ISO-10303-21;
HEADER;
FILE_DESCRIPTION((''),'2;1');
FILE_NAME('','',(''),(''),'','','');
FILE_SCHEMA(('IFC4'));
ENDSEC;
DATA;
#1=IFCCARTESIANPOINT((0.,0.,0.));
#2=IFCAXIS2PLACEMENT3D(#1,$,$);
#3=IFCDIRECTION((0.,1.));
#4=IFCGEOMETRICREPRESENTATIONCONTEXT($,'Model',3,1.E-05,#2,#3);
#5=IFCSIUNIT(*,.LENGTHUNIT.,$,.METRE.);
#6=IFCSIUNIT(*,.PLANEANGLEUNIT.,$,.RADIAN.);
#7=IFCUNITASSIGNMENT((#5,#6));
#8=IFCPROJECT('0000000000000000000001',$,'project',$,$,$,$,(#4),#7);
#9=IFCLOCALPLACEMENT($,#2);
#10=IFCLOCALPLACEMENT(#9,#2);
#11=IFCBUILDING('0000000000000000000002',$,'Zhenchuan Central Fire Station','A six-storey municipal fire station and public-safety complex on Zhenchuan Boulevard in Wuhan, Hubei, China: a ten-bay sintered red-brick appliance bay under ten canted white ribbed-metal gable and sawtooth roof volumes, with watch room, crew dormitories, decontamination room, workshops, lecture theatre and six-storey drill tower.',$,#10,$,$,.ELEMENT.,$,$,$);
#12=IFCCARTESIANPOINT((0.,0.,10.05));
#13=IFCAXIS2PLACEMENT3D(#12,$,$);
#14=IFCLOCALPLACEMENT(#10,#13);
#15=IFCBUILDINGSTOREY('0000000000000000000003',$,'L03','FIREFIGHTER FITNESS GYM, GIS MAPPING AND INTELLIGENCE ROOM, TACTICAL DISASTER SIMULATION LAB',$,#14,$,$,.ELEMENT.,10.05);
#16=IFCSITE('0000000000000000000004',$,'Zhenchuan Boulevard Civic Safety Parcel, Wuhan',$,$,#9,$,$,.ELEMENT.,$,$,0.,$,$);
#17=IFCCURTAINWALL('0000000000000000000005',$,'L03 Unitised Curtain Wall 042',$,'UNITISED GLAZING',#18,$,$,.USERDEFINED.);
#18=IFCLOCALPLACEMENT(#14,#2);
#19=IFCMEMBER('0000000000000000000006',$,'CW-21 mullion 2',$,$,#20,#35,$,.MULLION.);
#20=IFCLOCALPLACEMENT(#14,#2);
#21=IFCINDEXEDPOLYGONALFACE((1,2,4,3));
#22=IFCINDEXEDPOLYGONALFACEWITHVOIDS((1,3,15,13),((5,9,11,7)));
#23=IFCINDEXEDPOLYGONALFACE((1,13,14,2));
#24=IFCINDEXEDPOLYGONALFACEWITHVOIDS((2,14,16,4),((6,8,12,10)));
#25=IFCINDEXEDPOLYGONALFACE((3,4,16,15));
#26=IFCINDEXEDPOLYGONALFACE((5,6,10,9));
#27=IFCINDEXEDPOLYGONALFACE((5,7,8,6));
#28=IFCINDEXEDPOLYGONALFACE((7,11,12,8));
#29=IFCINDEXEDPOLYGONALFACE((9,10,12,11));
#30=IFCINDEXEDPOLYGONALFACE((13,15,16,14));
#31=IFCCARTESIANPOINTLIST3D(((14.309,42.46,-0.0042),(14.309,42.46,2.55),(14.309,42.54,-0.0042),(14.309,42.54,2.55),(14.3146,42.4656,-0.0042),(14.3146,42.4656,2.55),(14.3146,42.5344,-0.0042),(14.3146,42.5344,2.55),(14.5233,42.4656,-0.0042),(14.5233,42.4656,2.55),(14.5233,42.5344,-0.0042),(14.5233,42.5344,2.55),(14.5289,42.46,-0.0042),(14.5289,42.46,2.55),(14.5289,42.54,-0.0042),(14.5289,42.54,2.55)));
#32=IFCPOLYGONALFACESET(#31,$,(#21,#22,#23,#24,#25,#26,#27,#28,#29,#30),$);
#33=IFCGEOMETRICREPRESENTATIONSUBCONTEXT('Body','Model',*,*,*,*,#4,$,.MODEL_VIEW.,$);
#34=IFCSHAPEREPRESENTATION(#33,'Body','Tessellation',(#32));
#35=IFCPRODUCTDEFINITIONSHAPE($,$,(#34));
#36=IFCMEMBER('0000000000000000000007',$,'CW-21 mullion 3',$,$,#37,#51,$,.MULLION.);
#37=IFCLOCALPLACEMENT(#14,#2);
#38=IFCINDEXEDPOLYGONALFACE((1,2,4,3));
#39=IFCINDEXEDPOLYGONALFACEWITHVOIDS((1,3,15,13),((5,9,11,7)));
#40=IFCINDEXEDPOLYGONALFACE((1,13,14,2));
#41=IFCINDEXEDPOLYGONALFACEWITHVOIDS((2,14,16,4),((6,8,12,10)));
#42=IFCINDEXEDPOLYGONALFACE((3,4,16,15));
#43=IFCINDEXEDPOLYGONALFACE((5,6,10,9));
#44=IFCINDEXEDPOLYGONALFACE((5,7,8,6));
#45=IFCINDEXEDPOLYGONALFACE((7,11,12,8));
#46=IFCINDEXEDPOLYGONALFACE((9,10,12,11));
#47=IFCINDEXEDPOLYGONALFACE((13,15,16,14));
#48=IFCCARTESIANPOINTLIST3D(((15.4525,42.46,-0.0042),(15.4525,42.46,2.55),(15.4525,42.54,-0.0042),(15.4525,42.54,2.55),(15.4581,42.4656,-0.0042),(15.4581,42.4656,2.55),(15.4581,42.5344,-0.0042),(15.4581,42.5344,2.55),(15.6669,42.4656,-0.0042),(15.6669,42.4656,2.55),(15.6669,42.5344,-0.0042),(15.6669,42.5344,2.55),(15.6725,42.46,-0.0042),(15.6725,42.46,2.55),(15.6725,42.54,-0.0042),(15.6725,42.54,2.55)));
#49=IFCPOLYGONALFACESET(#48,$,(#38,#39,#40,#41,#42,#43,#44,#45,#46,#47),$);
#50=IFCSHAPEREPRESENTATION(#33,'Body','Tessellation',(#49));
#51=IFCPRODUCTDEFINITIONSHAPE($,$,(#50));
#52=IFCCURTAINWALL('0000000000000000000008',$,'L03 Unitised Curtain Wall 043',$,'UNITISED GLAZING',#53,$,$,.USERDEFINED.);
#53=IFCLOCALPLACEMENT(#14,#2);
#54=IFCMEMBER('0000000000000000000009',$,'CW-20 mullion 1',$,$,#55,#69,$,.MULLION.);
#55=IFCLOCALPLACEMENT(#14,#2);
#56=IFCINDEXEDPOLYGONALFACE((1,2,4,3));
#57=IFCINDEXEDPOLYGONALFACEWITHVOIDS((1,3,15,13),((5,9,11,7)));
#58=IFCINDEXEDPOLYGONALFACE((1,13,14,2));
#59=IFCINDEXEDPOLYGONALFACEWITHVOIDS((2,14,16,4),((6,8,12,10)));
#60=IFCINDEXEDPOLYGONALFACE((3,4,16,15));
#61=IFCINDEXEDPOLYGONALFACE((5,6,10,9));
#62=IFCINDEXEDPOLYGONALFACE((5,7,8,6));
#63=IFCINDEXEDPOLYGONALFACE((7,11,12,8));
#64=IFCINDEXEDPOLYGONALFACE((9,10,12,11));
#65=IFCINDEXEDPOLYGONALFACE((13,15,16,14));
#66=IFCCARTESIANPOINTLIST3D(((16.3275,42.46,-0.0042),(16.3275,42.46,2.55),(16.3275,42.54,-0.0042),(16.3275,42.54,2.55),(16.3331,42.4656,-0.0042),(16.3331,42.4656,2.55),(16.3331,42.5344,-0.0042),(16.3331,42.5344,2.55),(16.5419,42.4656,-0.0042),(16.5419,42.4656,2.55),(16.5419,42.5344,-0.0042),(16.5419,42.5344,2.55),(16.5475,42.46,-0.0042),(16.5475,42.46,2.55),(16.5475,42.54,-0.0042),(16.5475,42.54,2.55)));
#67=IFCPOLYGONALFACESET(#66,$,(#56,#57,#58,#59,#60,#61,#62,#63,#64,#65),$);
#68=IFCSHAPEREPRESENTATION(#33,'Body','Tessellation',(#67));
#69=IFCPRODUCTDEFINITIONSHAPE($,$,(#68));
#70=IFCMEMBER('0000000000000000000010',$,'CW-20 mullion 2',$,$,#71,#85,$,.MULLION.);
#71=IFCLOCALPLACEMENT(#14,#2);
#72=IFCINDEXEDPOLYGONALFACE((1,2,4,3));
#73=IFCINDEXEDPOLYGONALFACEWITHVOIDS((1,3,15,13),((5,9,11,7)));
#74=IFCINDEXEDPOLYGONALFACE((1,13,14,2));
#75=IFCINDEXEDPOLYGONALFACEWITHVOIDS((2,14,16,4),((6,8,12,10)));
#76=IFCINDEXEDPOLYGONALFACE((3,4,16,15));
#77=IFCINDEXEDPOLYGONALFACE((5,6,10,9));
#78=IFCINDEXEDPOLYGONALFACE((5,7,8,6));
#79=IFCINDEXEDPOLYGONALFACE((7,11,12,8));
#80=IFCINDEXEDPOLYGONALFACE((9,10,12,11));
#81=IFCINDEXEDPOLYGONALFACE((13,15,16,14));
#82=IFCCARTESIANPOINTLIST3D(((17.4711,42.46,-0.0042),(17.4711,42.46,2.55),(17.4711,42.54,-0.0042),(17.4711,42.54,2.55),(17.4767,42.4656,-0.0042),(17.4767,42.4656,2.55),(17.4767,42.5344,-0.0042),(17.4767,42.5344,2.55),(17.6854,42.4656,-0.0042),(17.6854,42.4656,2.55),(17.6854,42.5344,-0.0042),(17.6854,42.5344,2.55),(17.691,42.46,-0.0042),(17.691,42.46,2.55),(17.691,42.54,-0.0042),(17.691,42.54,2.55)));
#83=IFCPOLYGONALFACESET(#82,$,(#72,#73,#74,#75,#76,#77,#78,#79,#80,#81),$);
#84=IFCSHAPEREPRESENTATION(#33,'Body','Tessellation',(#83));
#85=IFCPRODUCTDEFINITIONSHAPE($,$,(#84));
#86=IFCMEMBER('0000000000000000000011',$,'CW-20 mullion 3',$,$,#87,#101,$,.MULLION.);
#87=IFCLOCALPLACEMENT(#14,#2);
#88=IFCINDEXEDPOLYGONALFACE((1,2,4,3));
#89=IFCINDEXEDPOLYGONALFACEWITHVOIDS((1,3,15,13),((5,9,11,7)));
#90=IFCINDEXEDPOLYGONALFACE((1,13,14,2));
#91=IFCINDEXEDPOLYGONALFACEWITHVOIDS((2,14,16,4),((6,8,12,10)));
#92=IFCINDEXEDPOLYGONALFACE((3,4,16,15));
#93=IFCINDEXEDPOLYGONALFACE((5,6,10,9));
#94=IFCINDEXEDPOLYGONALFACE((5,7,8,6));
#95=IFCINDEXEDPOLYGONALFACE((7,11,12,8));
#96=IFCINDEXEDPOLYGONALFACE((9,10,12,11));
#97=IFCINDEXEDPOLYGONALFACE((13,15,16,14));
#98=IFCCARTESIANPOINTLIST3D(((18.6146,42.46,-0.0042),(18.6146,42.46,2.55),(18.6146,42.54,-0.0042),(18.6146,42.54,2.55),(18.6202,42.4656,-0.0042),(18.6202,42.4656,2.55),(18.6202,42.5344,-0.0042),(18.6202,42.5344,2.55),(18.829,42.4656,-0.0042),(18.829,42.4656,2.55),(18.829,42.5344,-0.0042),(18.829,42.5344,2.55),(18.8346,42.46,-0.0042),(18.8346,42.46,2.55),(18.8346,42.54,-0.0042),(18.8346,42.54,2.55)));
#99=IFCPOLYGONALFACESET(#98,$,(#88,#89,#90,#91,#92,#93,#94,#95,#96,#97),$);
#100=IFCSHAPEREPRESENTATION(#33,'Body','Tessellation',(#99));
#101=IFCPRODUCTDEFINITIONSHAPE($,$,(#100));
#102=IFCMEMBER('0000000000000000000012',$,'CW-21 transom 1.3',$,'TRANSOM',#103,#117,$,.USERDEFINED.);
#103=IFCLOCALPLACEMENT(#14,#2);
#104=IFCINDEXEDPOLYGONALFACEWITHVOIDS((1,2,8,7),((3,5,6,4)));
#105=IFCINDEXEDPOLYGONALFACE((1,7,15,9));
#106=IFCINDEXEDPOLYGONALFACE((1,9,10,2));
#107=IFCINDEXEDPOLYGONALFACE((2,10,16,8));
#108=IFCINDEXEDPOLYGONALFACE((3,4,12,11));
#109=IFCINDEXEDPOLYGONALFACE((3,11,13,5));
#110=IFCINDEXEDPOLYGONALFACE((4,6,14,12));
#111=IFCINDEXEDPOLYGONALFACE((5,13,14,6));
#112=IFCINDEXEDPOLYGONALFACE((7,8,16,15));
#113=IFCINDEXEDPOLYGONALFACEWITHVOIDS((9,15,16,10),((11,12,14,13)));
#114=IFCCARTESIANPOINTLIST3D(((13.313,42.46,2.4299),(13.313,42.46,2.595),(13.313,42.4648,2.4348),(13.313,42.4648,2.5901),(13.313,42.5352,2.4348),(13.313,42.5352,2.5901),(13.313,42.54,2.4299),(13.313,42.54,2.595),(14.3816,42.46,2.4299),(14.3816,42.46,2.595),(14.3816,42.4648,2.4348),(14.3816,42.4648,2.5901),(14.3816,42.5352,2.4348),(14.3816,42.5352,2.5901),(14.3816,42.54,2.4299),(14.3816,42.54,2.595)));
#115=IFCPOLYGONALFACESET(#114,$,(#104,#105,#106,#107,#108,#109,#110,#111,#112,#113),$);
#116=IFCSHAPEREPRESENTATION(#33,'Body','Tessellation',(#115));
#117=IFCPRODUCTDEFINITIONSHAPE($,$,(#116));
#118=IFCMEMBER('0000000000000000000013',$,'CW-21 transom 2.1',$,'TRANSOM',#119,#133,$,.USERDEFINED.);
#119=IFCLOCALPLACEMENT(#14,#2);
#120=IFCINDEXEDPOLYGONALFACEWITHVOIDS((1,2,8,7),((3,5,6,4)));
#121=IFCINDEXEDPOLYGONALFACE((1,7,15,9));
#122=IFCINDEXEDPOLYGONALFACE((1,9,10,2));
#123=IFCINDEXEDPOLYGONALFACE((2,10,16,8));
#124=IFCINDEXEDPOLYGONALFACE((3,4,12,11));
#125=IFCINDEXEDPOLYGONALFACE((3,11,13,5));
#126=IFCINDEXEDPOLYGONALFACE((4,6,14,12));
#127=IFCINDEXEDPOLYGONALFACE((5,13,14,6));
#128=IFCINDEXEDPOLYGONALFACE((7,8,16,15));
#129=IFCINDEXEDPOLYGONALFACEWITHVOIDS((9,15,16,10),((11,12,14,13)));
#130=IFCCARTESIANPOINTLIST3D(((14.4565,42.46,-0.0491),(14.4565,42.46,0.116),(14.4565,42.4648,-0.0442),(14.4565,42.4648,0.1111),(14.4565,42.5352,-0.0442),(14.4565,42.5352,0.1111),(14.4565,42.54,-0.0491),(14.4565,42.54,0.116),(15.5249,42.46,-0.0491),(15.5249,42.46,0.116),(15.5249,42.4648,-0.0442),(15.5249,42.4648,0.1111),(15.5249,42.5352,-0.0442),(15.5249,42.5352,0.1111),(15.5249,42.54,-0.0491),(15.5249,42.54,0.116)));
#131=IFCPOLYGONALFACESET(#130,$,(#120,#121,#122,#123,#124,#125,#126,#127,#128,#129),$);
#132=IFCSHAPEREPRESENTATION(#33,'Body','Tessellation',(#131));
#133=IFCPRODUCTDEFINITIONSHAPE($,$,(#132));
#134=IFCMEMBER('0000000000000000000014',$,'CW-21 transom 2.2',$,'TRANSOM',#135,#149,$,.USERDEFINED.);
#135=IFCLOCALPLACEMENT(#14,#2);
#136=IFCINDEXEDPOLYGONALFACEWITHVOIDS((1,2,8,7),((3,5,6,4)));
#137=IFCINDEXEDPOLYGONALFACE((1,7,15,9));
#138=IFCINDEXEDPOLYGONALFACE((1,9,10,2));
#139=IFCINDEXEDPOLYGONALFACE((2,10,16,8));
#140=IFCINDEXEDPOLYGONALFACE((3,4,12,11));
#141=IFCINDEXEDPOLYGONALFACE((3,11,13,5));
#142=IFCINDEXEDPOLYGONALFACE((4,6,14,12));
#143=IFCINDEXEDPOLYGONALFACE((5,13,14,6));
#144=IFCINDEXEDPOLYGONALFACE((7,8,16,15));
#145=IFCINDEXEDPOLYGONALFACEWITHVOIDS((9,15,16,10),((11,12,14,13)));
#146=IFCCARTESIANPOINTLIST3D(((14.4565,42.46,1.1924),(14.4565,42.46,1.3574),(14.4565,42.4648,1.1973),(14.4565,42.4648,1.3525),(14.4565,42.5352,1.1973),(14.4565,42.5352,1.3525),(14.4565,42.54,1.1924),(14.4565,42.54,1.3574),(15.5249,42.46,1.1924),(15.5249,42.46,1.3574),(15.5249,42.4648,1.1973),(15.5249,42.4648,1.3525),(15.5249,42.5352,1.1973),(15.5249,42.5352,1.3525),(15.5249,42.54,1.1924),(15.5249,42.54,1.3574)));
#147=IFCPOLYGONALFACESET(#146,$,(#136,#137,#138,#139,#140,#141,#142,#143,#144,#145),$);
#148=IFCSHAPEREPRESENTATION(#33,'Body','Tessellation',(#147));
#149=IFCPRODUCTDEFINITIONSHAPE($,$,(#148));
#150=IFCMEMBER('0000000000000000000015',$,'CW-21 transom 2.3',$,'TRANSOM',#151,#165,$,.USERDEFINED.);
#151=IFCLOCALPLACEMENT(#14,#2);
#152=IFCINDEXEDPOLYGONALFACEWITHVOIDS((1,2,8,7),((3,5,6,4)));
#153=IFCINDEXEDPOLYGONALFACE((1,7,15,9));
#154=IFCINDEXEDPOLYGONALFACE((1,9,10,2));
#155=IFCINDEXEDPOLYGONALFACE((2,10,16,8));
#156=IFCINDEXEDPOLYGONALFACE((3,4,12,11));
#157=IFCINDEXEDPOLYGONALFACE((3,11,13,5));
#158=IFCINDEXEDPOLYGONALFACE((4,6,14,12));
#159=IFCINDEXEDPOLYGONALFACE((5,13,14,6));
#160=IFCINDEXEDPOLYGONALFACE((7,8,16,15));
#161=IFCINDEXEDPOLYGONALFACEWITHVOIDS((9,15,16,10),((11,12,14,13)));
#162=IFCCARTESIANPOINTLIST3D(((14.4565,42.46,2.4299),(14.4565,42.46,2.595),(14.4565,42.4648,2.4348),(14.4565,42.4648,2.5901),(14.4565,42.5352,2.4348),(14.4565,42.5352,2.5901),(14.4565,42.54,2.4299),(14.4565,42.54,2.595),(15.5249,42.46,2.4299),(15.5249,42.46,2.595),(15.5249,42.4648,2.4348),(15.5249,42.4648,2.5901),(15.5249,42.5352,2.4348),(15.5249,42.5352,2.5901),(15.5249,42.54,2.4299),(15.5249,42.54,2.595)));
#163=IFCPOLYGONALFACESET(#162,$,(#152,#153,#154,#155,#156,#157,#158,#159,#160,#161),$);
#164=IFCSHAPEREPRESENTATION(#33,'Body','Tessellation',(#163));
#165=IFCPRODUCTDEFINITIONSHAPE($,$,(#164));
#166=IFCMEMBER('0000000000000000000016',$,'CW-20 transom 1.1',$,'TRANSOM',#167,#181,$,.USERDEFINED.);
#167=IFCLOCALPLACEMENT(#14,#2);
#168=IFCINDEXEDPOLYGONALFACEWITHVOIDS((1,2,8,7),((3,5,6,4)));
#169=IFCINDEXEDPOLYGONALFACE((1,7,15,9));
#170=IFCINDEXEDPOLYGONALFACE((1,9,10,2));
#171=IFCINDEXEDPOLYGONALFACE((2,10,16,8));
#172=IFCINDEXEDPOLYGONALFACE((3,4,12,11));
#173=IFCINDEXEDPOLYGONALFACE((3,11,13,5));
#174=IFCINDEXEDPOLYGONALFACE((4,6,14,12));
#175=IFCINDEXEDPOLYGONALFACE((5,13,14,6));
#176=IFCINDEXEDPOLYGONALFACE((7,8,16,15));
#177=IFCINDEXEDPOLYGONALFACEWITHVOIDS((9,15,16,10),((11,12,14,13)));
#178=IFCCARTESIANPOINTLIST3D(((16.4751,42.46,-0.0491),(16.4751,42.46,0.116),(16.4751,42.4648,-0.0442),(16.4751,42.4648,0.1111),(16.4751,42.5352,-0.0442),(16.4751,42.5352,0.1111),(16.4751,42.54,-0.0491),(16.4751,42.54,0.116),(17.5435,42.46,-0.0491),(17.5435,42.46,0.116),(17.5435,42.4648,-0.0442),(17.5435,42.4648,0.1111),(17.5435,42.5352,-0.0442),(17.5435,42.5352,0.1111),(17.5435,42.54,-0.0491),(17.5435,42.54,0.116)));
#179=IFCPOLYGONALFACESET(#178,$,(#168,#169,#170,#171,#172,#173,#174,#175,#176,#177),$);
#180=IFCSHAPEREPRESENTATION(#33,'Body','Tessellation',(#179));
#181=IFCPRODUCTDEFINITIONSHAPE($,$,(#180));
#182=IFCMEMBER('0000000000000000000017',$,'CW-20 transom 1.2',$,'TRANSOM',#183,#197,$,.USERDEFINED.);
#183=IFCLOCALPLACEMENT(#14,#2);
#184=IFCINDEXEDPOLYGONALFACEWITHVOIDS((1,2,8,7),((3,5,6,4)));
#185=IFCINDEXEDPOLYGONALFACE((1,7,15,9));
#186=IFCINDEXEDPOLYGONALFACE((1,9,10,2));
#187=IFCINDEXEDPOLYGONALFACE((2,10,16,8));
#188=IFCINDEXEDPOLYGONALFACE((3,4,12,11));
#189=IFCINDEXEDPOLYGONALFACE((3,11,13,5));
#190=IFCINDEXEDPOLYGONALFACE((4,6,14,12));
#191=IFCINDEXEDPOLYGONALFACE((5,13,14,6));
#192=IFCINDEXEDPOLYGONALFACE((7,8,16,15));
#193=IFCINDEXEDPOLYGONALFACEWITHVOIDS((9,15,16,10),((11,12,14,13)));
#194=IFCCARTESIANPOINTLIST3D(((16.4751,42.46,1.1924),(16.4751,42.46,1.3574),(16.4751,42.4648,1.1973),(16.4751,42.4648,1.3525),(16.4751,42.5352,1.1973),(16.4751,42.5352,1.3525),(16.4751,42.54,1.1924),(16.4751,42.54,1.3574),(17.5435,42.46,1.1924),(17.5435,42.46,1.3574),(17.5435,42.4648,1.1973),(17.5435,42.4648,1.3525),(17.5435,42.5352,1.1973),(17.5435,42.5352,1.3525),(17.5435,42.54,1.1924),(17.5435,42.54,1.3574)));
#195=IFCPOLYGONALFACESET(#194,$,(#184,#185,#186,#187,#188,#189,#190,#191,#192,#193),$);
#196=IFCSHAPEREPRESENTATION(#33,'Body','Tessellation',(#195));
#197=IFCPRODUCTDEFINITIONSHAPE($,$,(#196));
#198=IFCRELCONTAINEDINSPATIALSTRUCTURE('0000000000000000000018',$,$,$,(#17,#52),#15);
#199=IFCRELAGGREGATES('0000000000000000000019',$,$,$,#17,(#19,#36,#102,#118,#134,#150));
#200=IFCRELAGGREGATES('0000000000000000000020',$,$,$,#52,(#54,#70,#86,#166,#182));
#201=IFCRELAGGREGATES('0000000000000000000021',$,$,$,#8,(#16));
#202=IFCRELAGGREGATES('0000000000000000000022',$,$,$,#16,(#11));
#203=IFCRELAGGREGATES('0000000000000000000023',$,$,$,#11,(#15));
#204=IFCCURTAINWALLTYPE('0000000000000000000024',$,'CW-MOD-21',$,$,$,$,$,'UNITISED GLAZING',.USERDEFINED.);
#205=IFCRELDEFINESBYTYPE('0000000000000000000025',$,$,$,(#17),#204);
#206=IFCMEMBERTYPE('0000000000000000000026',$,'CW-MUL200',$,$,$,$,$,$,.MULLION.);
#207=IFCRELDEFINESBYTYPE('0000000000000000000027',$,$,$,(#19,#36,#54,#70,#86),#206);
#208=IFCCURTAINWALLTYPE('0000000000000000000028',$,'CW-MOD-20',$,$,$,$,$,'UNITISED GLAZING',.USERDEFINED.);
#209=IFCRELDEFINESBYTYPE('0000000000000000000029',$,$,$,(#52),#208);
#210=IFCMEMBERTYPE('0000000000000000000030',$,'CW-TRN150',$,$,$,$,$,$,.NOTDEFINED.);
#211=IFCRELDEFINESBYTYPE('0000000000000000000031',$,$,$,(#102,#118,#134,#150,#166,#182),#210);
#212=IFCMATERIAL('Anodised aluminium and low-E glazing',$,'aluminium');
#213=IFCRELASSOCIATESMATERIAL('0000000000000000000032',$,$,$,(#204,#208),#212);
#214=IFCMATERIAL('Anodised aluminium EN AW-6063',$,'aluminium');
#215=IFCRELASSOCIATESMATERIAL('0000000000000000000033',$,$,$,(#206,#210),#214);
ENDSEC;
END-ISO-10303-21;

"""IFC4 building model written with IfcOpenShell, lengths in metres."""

from ifc_helpers import new_model, si_unit, direction, frame, origin, origin_2d, place, context, subcontext, project, spatial, hollow_rectangle, extrude, material, material_profile, profile_set, type_object, element, aggregate, save


model = new_model("IFC4")

# Units and contexts
model_context = context("Model", 3, precision=1e-05, world=origin(), true_north=direction((0.0, 1.0)))
body_context = subcontext(model_context, "Body", "Model", "MODEL_VIEW")
ifc_project = project(units=[si_unit("LENGTHUNIT", "METRE"), si_unit("PLANEANGLEUNIT", "RADIAN")], contexts=[model_context])

# Site, building, storey
site_placement = place(None, origin())
site = spatial("IfcSite", under=ifc_project, at=site_placement, Name="Zhenchuan Boulevard Civic Safety Parcel, Wuhan", CompositionType="ELEMENT", RefElevation=0.0)
building_placement = place(site_placement, origin())
building = spatial("IfcBuilding", under=site, at=building_placement, Name="Zhenchuan Central Fire Station", Description="A six-storey municipal fire station and public-safety complex on Zhenchuan Boulevard in Wuhan, Hubei, China: a ten-bay sintered red-brick appliance bay under ten canted white ribbed-metal gable and sawtooth roof volumes, with watch room, crew dormitories, decontamination room, workshops, lecture theatre and six-storey drill tower.", CompositionType="ELEMENT")
storey_placement = place(building_placement, frame((0.0, 0.0, 10.05)))
storey = spatial("IfcBuildingStorey", under=building, at=storey_placement, Name="L03", Description="FIREFIGHTER FITNESS GYM, GIS MAPPING AND INTELLIGENCE ROOM, TACTICAL DISASTER SIMULATION LAB", CompositionType="ELEMENT", Elevation=10.05)

# Curtain walls, members
ifc_material_1 = material(Name="Anodised aluminium and low-E glazing", Category="aluminium")
curtain_wall_type_1 = type_object("IfcCurtainWallType", Name="CW-MOD-21", ElementType="UNITISED GLAZING", PredefinedType="USERDEFINED", material=ifc_material_1)
curtain_wall_1_placement = place(storey_placement, origin())
curtain_wall_1 = element("IfcCurtainWall", 1, at=curtain_wall_1_placement, inside=storey, type_object=curtain_wall_type_1, Name="L03 Unitised Curtain Wall 042", ObjectType="UNITISED GLAZING", PredefinedType="USERDEFINED")
ifc_material_2 = material(Name="Anodised aluminium EN AW-6063", Category="aluminium")
ifc_material_profile_1 = material_profile(ifc_material_2, hollow_rectangle(XDim=0.0801, YDim=0.22, WallThickness=0.0056, at=origin_2d()), Name="ALU-M 220x80")
ifc_profile_set_1 = profile_set([ifc_material_profile_1], Name="Anodised aluminium EN AW-6063")
member_type_1 = type_object("IfcMemberType", Name="CW-MUL200", PredefinedType="MULLION", material=ifc_profile_set_1)
member_1_placement = place(storey_placement, frame((14.4189, 42.5, -0.0042), z_axis=(0.0, 0.0, 1.0), x_axis=(0.0, 1.0, 0.0)))
member_1 = element("IfcMember", 2, at=member_1_placement, type_object=member_type_1, Name="CW-21 mullion 2", PredefinedType="MULLION", context=body_context, shape_type="SweptSolid", body=[
    extrude(hollow_rectangle(XDim=0.0801, YDim=0.22, WallThickness=0.0056, at=origin_2d()), origin(), (0.0, 0.0, 1.0), 2.5542),
])
member_2_placement = place(storey_placement, frame((15.5625, 42.5, -0.0042), z_axis=(0.0, 0.0, 1.0), x_axis=(0.0, 1.0, 0.0)))
member_2 = element("IfcMember", 3, at=member_2_placement, type_object=member_type_1, Name="CW-21 mullion 3", PredefinedType="MULLION", context=body_context, shape_type="SweptSolid", body=[
    extrude(hollow_rectangle(XDim=0.0801, YDim=0.22, WallThickness=0.0056, at=origin_2d()), origin(), (0.0, 0.0, 1.0), 2.5542),
])
curtain_wall_type_2 = type_object("IfcCurtainWallType", Name="CW-MOD-20", ElementType="UNITISED GLAZING", PredefinedType="USERDEFINED", material=ifc_material_1)
curtain_wall_2_placement = place(storey_placement, origin())
curtain_wall_2 = element("IfcCurtainWall", 4, at=curtain_wall_2_placement, inside=storey, type_object=curtain_wall_type_2, Name="L03 Unitised Curtain Wall 043", ObjectType="UNITISED GLAZING", PredefinedType="USERDEFINED")
member_3_placement = place(storey_placement, frame((16.4375, 42.5, -0.0042), z_axis=(0.0, 0.0, 1.0), x_axis=(0.0, 1.0, 0.0)))
member_3 = element("IfcMember", 5, at=member_3_placement, type_object=member_type_1, Name="CW-20 mullion 1", PredefinedType="MULLION", context=body_context, shape_type="SweptSolid", body=[
    extrude(hollow_rectangle(XDim=0.0801, YDim=0.22, WallThickness=0.0056, at=origin_2d()), origin(), (0.0, 0.0, 1.0), 2.5542),
])
member_4_placement = place(storey_placement, frame((17.5811, 42.5, -0.0042), z_axis=(0.0, 0.0, 1.0), x_axis=(0.0, 1.0, 0.0)))
member_4 = element("IfcMember", 6, at=member_4_placement, type_object=member_type_1, Name="CW-20 mullion 2", PredefinedType="MULLION", context=body_context, shape_type="SweptSolid", body=[
    extrude(hollow_rectangle(XDim=0.0801, YDim=0.22, WallThickness=0.0056, at=origin_2d()), origin(), (0.0, 0.0, 1.0), 2.5542),
])
member_5_placement = place(storey_placement, frame((18.7246, 42.5, -0.0042), z_axis=(0.0, 0.0, 1.0), x_axis=(0.0, 1.0, 0.0)))
member_5 = element("IfcMember", 7, at=member_5_placement, type_object=member_type_1, Name="CW-20 mullion 3", PredefinedType="MULLION", context=body_context, shape_type="SweptSolid", body=[
    extrude(hollow_rectangle(XDim=0.0801, YDim=0.22, WallThickness=0.0056, at=origin_2d()), origin(), (0.0, 0.0, 1.0), 2.5542),
])

# Members
ifc_material_profile_2 = material_profile(ifc_material_2, hollow_rectangle(XDim=0.0801, YDim=0.165, WallThickness=0.0049, at=origin_2d()), Name="ALU-T 165x80")
ifc_profile_set_2 = profile_set([ifc_material_profile_2], Name="Anodised aluminium EN AW-6063")
member_type_2 = type_object("IfcMemberType", Name="CW-TRN150", PredefinedType="NOTDEFINED", material=ifc_profile_set_2)
member_6_placement = place(storey_placement, frame((13.313, 42.5, 2.5125), z_axis=(1.0, 0.0, 0.0), x_axis=(0.0, 1.0, 0.0)))
member_6 = element("IfcMember", 8, at=member_6_placement, type_object=member_type_2, Name="CW-21 transom 1.3", ObjectType="TRANSOM", PredefinedType="USERDEFINED", context=body_context, shape_type="SweptSolid", body=[
    extrude(hollow_rectangle(XDim=0.0801, YDim=0.165, WallThickness=0.0049, at=origin_2d()), origin(), (0.0, 0.0, 1.0), 1.0686),
])
member_7_placement = place(storey_placement, frame((14.4565, 42.5, 0.0334), z_axis=(1.0, 0.0, 0.0), x_axis=(0.0, 1.0, 0.0)))
member_7 = element("IfcMember", 9, at=member_7_placement, type_object=member_type_2, Name="CW-21 transom 2.1", ObjectType="TRANSOM", PredefinedType="USERDEFINED", context=body_context, shape_type="SweptSolid", body=[
    extrude(hollow_rectangle(XDim=0.0801, YDim=0.165, WallThickness=0.0049, at=origin_2d()), origin(), (0.0, 0.0, 1.0), 1.0684),
])
member_8_placement = place(storey_placement, frame((14.4565, 42.5, 1.2749), z_axis=(1.0, 0.0, 0.0), x_axis=(0.0, 1.0, 0.0)))
member_8 = element("IfcMember", 10, at=member_8_placement, type_object=member_type_2, Name="CW-21 transom 2.2", ObjectType="TRANSOM", PredefinedType="USERDEFINED", context=body_context, shape_type="SweptSolid", body=[
    extrude(hollow_rectangle(XDim=0.0801, YDim=0.165, WallThickness=0.0049, at=origin_2d()), origin(), (0.0, 0.0, 1.0), 1.0684),
])
member_9_placement = place(storey_placement, frame((14.4565, 42.5, 2.5125), z_axis=(1.0, 0.0, 0.0), x_axis=(0.0, 1.0, 0.0)))
member_9 = element("IfcMember", 11, at=member_9_placement, type_object=member_type_2, Name="CW-21 transom 2.3", ObjectType="TRANSOM", PredefinedType="USERDEFINED", context=body_context, shape_type="SweptSolid", body=[
    extrude(hollow_rectangle(XDim=0.0801, YDim=0.165, WallThickness=0.0049, at=origin_2d()), origin(), (0.0, 0.0, 1.0), 1.0684),
])
member_10_placement = place(storey_placement, frame((16.4751, 42.5, 0.0334), z_axis=(1.0, 0.0, 0.0), x_axis=(0.0, 1.0, 0.0)))
member_10 = element("IfcMember", 12, at=member_10_placement, type_object=member_type_2, Name="CW-20 transom 1.1", ObjectType="TRANSOM", PredefinedType="USERDEFINED", context=body_context, shape_type="SweptSolid", body=[
    extrude(hollow_rectangle(XDim=0.0801, YDim=0.165, WallThickness=0.0049, at=origin_2d()), origin(), (0.0, 0.0, 1.0), 1.0684),
])
member_11_placement = place(storey_placement, frame((16.4751, 42.5, 1.2749), z_axis=(1.0, 0.0, 0.0), x_axis=(0.0, 1.0, 0.0)))
member_11 = element("IfcMember", 13, at=member_11_placement, type_object=member_type_2, Name="CW-20 transom 1.2", ObjectType="TRANSOM", PredefinedType="USERDEFINED", context=body_context, shape_type="SweptSolid", body=[
    extrude(hollow_rectangle(XDim=0.0801, YDim=0.165, WallThickness=0.0049, at=origin_2d()), origin(), (0.0, 0.0, 1.0), 1.0684),
])

aggregate(curtain_wall_1, [member_1, member_2, member_6, member_7, member_8, member_9])
aggregate(curtain_wall_2, [member_3, member_4, member_5, member_10, member_11])

save(model, "model.ifc")
